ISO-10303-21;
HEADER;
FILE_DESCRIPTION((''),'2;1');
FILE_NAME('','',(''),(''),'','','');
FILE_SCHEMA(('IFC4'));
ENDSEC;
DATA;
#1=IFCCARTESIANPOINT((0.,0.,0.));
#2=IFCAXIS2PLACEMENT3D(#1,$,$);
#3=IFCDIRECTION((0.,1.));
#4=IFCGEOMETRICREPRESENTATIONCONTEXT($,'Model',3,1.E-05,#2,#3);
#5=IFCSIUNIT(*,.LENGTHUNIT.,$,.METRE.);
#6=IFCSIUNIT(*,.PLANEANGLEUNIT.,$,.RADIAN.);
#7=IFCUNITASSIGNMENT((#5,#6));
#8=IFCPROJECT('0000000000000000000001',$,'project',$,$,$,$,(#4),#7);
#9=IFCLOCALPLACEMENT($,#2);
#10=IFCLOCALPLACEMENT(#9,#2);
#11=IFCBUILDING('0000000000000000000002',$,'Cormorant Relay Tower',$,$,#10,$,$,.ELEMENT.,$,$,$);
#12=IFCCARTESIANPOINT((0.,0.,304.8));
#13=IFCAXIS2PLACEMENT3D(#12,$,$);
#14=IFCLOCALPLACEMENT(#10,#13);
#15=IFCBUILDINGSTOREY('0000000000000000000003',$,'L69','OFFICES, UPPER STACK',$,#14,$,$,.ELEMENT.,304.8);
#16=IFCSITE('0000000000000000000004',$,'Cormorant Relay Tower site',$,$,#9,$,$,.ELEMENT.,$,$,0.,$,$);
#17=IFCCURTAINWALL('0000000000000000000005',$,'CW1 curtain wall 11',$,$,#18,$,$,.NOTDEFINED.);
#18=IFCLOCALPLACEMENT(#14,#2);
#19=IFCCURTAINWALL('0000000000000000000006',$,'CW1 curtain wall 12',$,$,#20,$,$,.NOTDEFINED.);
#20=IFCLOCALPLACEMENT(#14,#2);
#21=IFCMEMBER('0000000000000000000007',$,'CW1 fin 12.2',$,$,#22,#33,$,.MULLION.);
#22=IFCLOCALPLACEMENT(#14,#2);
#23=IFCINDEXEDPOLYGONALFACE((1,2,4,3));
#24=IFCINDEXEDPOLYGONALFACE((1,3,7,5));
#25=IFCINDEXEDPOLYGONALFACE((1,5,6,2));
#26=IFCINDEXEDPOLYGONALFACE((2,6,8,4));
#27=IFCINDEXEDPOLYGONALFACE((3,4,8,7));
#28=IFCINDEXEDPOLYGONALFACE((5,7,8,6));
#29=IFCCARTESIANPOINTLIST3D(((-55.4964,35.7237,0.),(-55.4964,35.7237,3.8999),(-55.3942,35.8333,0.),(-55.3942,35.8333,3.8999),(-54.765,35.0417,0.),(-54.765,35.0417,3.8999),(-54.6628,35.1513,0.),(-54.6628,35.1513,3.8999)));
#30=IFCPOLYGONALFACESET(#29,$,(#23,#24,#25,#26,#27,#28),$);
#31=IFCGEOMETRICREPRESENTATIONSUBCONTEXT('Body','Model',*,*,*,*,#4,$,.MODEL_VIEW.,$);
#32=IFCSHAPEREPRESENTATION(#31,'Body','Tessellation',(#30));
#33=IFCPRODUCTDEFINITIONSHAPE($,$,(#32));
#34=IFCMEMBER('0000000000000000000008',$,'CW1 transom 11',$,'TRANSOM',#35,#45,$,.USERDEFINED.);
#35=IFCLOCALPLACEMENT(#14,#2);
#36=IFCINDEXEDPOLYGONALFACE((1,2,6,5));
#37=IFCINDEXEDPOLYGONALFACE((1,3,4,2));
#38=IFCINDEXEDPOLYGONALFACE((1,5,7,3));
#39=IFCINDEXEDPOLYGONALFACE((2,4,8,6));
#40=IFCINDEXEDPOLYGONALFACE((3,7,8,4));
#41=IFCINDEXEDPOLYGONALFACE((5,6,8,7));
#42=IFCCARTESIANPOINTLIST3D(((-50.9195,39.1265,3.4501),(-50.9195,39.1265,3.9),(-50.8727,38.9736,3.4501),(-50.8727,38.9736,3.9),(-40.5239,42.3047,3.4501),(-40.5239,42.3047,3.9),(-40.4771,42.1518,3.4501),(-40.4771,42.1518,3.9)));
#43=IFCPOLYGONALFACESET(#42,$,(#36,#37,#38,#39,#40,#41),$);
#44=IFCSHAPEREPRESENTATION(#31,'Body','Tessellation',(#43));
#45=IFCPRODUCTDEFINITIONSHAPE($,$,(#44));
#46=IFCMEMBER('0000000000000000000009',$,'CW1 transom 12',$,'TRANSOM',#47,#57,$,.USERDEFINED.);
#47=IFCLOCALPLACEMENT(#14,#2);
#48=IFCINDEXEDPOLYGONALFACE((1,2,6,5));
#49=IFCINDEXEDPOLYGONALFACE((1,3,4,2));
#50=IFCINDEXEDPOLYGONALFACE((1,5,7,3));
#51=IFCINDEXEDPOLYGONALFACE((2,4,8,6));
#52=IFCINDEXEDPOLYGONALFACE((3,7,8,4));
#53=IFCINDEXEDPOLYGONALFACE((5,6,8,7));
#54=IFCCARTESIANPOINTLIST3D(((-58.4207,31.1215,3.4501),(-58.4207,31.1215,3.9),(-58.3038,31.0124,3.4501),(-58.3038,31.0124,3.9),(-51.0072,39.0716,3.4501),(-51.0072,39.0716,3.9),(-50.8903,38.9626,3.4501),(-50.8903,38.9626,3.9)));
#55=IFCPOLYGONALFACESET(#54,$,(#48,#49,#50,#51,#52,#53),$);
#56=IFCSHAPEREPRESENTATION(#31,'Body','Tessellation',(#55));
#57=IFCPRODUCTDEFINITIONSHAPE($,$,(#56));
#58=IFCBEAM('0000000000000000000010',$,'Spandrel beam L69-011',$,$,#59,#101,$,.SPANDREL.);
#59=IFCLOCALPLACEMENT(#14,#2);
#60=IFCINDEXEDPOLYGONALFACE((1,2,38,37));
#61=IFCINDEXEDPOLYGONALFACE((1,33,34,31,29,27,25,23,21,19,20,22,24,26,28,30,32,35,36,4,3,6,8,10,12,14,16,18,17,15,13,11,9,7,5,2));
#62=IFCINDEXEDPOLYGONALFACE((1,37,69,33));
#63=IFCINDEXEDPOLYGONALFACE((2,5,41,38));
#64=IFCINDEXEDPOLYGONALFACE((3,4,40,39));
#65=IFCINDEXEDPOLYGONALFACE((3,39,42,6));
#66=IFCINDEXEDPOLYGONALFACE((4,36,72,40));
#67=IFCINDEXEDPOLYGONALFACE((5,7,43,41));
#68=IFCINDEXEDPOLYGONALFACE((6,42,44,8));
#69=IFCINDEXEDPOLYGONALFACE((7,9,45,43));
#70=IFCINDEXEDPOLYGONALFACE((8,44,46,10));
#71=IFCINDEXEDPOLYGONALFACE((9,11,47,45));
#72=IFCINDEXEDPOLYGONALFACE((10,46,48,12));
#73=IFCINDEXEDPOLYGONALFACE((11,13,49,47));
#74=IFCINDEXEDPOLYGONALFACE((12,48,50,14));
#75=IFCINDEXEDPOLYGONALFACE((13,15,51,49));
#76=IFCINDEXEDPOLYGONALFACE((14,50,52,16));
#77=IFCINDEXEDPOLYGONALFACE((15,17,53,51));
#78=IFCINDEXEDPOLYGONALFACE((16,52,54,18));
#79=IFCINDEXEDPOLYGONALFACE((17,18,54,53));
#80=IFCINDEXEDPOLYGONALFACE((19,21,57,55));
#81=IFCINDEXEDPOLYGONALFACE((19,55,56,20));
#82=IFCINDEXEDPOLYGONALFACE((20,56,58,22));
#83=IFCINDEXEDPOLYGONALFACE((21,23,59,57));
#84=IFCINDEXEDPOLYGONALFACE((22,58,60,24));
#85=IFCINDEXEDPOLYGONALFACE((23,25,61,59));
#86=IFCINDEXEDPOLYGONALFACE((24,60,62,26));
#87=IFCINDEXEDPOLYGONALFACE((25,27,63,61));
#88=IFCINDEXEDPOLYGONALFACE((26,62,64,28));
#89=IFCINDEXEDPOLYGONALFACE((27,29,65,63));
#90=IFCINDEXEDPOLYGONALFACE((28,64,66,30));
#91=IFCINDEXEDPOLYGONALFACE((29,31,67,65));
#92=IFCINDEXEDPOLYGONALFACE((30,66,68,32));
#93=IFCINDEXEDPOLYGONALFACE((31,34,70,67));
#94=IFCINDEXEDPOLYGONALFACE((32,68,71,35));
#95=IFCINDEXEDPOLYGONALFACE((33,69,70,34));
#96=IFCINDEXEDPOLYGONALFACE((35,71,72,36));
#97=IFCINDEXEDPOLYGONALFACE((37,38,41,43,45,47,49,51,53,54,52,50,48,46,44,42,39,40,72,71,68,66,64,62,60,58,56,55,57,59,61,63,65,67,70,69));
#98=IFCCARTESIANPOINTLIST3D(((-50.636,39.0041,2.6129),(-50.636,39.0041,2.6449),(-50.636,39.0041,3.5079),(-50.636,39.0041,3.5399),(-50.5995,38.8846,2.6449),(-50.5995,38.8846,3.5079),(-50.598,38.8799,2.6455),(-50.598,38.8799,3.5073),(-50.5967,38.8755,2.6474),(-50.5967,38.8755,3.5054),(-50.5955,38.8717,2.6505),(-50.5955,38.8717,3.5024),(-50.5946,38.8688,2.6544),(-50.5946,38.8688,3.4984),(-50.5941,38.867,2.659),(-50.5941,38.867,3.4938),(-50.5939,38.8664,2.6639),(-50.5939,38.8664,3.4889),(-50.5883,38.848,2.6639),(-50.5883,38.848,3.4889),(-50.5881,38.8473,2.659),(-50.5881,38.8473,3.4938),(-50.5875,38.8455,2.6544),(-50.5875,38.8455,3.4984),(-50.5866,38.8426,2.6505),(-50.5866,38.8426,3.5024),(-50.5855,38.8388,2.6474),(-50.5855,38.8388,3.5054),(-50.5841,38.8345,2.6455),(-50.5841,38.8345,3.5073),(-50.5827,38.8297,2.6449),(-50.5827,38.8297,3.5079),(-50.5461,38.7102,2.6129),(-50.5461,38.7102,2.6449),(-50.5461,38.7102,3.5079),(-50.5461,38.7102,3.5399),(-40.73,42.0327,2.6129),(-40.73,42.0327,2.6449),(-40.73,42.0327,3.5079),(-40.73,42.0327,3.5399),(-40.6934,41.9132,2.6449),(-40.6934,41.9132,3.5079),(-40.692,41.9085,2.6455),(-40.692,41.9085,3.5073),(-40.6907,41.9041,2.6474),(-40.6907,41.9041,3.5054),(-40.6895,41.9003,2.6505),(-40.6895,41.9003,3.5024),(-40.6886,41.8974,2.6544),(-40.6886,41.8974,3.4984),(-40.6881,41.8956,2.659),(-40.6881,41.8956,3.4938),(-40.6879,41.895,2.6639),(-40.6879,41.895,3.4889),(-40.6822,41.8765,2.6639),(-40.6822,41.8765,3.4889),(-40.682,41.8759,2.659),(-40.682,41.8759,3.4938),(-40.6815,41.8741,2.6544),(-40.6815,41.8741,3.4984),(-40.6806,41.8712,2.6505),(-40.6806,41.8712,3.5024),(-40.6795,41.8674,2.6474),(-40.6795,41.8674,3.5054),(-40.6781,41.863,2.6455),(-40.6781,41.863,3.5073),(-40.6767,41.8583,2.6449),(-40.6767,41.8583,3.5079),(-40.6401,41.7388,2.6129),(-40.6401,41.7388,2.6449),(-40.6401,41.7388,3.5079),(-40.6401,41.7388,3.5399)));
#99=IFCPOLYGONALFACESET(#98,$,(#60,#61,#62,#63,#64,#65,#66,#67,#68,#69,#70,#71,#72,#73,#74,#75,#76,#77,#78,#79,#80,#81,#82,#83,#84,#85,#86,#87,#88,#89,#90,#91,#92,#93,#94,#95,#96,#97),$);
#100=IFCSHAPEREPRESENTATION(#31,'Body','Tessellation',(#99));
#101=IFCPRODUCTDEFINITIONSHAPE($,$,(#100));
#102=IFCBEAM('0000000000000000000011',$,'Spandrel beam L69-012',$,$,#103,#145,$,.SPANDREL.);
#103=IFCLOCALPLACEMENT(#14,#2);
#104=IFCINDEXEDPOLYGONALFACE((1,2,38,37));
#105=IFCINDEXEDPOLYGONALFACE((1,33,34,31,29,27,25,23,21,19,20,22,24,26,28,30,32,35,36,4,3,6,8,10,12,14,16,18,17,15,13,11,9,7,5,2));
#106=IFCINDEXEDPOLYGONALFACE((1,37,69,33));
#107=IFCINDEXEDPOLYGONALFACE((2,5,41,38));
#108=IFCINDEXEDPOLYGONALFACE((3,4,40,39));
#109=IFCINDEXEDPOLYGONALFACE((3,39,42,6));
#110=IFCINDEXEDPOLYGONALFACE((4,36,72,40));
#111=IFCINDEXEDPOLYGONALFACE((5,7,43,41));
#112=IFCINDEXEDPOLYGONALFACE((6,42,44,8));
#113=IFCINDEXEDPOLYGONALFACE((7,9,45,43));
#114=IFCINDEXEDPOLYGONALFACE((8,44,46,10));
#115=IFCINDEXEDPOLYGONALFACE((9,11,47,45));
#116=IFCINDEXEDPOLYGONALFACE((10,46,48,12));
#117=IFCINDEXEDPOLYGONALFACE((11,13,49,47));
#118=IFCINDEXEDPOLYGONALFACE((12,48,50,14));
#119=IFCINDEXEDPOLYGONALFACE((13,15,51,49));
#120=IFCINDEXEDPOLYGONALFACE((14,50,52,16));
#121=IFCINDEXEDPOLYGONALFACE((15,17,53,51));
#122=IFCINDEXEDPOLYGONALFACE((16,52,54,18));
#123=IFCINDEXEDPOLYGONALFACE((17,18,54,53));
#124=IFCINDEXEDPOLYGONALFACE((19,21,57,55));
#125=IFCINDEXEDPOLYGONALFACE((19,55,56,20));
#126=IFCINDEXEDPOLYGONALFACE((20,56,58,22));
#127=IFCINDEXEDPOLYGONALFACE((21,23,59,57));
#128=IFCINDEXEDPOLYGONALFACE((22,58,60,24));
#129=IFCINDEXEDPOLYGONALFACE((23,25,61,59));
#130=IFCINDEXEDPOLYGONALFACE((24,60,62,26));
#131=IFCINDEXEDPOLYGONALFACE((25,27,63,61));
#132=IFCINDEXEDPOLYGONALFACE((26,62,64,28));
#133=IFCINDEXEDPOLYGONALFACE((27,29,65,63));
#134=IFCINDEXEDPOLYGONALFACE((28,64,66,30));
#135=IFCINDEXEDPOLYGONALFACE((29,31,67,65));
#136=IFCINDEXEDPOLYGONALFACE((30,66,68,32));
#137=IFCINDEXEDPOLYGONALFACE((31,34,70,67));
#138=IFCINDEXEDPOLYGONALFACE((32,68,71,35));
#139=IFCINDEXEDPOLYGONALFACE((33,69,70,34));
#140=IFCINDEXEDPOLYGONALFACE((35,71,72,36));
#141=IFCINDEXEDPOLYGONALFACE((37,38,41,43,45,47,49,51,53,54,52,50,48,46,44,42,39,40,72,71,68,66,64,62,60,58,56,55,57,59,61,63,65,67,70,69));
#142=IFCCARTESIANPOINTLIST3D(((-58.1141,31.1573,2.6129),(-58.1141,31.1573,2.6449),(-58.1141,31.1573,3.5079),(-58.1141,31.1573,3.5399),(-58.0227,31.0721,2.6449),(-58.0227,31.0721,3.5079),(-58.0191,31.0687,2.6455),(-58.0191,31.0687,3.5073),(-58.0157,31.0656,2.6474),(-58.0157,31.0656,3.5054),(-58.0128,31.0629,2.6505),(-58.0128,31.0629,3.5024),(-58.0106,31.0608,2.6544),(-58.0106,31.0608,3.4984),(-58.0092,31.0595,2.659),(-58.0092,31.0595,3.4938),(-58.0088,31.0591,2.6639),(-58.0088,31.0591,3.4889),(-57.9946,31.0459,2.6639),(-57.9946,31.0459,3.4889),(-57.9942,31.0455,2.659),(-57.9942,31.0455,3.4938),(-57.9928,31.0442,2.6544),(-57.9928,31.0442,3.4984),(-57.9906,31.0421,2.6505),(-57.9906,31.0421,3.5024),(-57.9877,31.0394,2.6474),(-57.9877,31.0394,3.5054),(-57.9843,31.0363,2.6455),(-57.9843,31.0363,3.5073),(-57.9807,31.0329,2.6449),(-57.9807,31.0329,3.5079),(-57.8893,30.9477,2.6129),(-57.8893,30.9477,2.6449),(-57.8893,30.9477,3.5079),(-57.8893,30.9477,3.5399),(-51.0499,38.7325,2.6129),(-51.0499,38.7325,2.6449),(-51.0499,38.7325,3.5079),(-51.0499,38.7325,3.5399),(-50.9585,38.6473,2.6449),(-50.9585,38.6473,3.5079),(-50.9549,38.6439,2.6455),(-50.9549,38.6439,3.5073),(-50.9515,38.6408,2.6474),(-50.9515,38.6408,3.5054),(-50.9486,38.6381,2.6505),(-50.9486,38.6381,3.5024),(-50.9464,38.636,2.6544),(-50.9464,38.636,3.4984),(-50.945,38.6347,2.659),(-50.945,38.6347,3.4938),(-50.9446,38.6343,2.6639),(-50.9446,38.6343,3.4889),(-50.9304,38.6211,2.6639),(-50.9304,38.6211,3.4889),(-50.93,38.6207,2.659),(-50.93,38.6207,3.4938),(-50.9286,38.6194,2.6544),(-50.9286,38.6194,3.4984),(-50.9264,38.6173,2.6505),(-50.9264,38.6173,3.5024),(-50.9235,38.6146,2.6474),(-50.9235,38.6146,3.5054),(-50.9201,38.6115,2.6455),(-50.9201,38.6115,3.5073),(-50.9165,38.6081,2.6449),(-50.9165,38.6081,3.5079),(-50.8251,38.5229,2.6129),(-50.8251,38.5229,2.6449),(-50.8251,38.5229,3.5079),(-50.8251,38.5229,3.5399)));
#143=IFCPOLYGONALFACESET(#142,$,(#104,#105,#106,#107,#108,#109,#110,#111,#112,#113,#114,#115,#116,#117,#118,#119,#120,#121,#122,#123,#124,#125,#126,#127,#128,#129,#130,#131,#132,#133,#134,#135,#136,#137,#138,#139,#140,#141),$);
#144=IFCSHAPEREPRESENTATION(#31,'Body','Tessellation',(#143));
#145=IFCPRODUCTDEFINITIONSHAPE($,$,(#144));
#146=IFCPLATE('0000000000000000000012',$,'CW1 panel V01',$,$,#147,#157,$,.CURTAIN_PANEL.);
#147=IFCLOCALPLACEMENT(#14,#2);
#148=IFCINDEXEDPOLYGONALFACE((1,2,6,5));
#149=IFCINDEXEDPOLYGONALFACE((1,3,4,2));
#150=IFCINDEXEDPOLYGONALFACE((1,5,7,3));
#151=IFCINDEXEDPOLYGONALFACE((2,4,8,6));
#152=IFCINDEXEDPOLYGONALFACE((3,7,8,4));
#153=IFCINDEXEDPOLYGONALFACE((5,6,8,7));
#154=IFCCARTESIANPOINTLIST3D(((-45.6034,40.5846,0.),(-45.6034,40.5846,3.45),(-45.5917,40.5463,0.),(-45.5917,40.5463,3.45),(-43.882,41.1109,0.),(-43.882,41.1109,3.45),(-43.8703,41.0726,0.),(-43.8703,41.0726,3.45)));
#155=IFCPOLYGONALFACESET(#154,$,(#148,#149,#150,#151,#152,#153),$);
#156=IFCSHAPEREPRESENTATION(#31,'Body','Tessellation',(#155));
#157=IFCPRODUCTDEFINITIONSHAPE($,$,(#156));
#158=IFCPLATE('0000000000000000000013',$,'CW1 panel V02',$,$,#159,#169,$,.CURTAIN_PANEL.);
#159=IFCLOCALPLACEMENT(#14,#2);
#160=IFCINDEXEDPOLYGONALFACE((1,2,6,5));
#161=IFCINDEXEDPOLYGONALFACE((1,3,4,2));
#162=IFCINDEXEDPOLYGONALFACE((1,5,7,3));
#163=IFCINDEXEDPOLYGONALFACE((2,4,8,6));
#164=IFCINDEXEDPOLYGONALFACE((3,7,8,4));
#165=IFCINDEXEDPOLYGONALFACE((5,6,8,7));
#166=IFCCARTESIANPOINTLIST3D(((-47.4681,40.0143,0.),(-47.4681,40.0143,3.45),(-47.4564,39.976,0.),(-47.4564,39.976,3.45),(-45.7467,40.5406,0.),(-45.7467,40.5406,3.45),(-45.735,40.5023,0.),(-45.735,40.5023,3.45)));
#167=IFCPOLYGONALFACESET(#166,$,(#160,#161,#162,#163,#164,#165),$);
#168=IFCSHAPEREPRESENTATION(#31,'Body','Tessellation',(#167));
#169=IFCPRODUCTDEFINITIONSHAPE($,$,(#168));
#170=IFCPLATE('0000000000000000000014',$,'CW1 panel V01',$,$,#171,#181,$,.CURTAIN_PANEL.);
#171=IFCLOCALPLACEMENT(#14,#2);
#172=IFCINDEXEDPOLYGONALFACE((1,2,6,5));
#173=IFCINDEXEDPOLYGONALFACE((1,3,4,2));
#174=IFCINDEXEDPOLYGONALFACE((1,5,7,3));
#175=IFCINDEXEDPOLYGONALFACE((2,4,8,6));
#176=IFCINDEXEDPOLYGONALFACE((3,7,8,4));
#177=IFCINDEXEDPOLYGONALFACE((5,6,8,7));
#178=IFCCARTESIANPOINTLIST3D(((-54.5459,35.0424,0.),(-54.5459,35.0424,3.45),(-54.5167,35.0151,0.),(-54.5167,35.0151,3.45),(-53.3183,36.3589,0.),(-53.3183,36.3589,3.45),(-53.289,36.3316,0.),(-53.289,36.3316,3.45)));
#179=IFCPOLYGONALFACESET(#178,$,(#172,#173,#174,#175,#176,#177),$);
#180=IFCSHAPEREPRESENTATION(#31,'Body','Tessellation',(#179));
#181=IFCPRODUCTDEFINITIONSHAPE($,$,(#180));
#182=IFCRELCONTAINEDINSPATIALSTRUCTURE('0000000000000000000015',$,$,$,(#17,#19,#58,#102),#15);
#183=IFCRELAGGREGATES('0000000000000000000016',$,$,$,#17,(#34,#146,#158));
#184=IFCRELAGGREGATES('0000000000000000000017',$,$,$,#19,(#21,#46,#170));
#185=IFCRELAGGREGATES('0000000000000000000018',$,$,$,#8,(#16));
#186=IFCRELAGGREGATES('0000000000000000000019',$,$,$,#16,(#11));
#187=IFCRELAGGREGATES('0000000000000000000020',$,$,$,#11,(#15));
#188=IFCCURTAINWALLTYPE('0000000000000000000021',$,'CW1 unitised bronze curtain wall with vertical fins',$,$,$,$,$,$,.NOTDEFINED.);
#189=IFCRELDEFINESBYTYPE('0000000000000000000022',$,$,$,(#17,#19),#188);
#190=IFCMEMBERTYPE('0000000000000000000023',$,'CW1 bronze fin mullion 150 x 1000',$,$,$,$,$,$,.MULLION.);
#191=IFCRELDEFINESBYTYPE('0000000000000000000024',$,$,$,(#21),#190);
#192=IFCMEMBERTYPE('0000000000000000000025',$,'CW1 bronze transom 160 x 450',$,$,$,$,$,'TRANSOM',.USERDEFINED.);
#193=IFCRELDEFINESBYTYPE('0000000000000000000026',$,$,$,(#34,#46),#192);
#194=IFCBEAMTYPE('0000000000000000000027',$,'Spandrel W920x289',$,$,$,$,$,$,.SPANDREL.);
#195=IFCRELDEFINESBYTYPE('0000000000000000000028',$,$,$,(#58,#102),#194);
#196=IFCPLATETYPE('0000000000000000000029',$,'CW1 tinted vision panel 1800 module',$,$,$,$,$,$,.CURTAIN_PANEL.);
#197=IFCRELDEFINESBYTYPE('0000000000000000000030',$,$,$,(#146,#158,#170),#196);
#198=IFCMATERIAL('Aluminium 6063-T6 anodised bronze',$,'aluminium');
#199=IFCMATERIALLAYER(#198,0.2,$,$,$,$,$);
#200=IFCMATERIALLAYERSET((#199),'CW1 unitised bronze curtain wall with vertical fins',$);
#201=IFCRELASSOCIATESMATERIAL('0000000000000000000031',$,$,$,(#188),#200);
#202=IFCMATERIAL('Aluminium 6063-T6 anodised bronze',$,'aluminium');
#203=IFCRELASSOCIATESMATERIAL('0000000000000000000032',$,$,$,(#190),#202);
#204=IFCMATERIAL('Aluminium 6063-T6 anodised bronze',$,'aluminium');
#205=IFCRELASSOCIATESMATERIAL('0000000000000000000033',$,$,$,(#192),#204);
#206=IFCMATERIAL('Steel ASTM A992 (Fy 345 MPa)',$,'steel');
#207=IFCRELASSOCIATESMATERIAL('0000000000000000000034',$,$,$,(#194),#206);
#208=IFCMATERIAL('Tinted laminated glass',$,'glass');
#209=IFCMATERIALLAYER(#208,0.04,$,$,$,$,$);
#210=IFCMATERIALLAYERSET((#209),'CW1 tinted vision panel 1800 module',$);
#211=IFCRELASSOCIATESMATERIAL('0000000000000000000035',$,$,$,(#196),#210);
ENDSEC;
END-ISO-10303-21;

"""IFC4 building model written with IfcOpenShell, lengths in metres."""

from ifc_helpers import new_model, si_unit, direction, frame, origin, origin_2d, place, context, subcontext, project, spatial, rectangle, i_section, extrude, material, layer, layer_set, material_profile, profile_set, type_object, element, aggregate, save


model = new_model("IFC4")

# Units and contexts
model_context = context("Model", 3, precision=1e-05, world=origin(), true_north=direction((0.0, 1.0)))
body_context = subcontext(model_context, "Body", "Model", "MODEL_VIEW")
ifc_project = project(units=[si_unit("LENGTHUNIT", "METRE"), si_unit("PLANEANGLEUNIT", "RADIAN")], contexts=[model_context])

# Site, building, storey
site_placement = place(None, origin())
site = spatial("IfcSite", under=ifc_project, at=site_placement, Name="Cormorant Relay Tower site", CompositionType="ELEMENT", RefElevation=0.0)
building_placement = place(site_placement, origin())
building = spatial("IfcBuilding", under=site, at=building_placement, Name="Cormorant Relay Tower", CompositionType="ELEMENT")
storey_placement = place(building_placement, frame((0.0, 0.0, 304.8)))
storey = spatial("IfcBuildingStorey", under=building, at=storey_placement, Name="L69", Description="OFFICES, UPPER STACK", CompositionType="ELEMENT", Elevation=304.8)

# Shared definitions
ifc_material_1 = material(Name="Aluminium 6063-T6 anodised bronze", Category="aluminium")
ifc_layer_1 = layer(ifc_material_1, 0.2)
ifc_layer_set_1 = layer_set([ifc_layer_1], Name="CW1 unitised bronze curtain wall with vertical fins")
curtain_wall_type = type_object("IfcCurtainWallType", Name="CW1 unitised bronze curtain wall with vertical fins", PredefinedType="NOTDEFINED", material=ifc_layer_set_1)
ifc_material_2 = material(Name="Aluminium 6063-T6 anodised bronze", Category="aluminium")
ifc_material_profile_1 = material_profile(ifc_material_2, rectangle(XDim=0.1499, YDim=1.0, at=origin_2d()), Name="AL 150x1000")
ifc_profile_set_1 = profile_set([ifc_material_profile_1], Name="Aluminium 6063-T6 anodised bronze")
member_type_1 = type_object("IfcMemberType", Name="CW1 bronze fin mullion 150 x 1000", PredefinedType="MULLION", material=ifc_profile_set_1)

# Curtain walls, member
curtain_wall_1_placement = place(storey_placement, origin())
curtain_wall_1 = element("IfcCurtainWall", 1, at=curtain_wall_1_placement, inside=storey, type_object=curtain_wall_type, Name="CW1 curtain wall 11", PredefinedType="NOTDEFINED")
curtain_wall_2_placement = place(storey_placement, origin())
curtain_wall_2 = element("IfcCurtainWall", 2, at=curtain_wall_2_placement, inside=storey, type_object=curtain_wall_type, Name="CW1 curtain wall 12", PredefinedType="NOTDEFINED")
member_1_placement = place(storey_placement, frame((-55.0796, 35.4375, 0.0), z_axis=(0.0, 0.0, 1.0), x_axis=(-0.681998, -0.731354, 0.0)))
member_1 = element("IfcMember", 3, at=member_1_placement, type_object=member_type_1, Name="CW1 fin 12.2", PredefinedType="MULLION", context=body_context, shape_type="SweptSolid", body=[
    extrude(rectangle(XDim=0.1499, YDim=1.0, at=origin_2d()), origin(), (0.0, 0.0, 1.0), 3.8999),
])

# Members
ifc_material_3 = material(Name="Aluminium 6063-T6 anodised bronze", Category="aluminium")
ifc_material_profile_2 = material_profile(ifc_material_3, rectangle(XDim=0.1599, YDim=0.45, at=origin_2d()), Name="AL 160x450")
ifc_profile_set_2 = profile_set([ifc_material_profile_2], Name="Aluminium 6063-T6 anodised bronze")
member_type_2 = type_object("IfcMemberType", Name="CW1 bronze transom 160 x 450", ElementType="TRANSOM", PredefinedType="USERDEFINED", material=ifc_profile_set_2)
member_2_placement = place(storey_placement, frame((-40.5005, 42.2283, 3.675), z_axis=(-0.956305, -0.292371, 0.0), x_axis=(0.292371, -0.956305, 0.0)))
member_2 = element("IfcMember", 4, at=member_2_placement, type_object=member_type_2, Name="CW1 transom 11", ObjectType="TRANSOM", PredefinedType="USERDEFINED", context=body_context, shape_type="SweptSolid", body=[
    extrude(rectangle(XDim=0.1599, YDim=0.45, at=origin_2d()), origin(), (0.0, 0.0, 1.0), 10.8706),
])
member_3_placement = place(storey_placement, frame((-50.9487, 39.0171, 3.675), z_axis=(-0.681993, -0.731358, 0.0), x_axis=(0.731358, -0.681993, 0.0)))
member_3 = element("IfcMember", 5, at=member_3_placement, type_object=member_type_2, Name="CW1 transom 12", ObjectType="TRANSOM", PredefinedType="USERDEFINED", context=body_context, shape_type="SweptSolid", body=[
    extrude(rectangle(XDim=0.1599, YDim=0.45, at=origin_2d()), origin(), (0.0, 0.0, 1.0), 10.8704),
])

# Beams
ifc_material_4 = material(Name="Steel ASTM A992 (Fy 345 MPa)", Category="steel")
ifc_material_profile_3 = material_profile(ifc_material_4, i_section(OverallWidth=0.3074, OverallDepth=0.927, WebThickness=0.0193, FlangeThickness=0.032, FilletRadius=0.019, at=origin_2d()), Name="W920x289")
ifc_profile_set_3 = profile_set([ifc_material_profile_3], Name="Steel ASTM A992 (Fy 345 MPa)")
beam_type = type_object("IfcBeamType", Name="Spandrel W920x289", PredefinedType="SPANDREL", material=ifc_profile_set_3)
beam_1_placement = place(storey_placement, frame((-40.6851, 41.8857, 3.0764), z_axis=(-0.956305, -0.292371, 0.0), x_axis=(0.292371, -0.956305, 0.0)))
element("IfcBeam", 6, at=beam_1_placement, inside=storey, type_object=beam_type, Name="Spandrel beam L69-011", PredefinedType="SPANDREL", context=body_context, shape_type="SweptSolid", body=[
    extrude(i_section(OverallWidth=0.3074, OverallDepth=0.927, WebThickness=0.0193, FlangeThickness=0.032, FilletRadius=0.019, at=origin_2d()), origin(), (0.0, 0.0, 1.0), 10.3586),
])
beam_2_placement = place(storey_placement, frame((-50.9375, 38.6277, 3.0764), z_axis=(-0.68201, -0.731343, 0.0), x_axis=(0.731343, -0.68201, 0.0)))
element("IfcBeam", 7, at=beam_2_placement, inside=storey, type_object=beam_type, Name="Spandrel beam L69-012", PredefinedType="SPANDREL", context=body_context, shape_type="SweptSolid", body=[
    extrude(i_section(OverallWidth=0.3074, OverallDepth=0.927, WebThickness=0.0193, FlangeThickness=0.032, FilletRadius=0.019, at=origin_2d()), origin(), (0.0, 0.0, 1.0), 10.3579),
])

# Plates
ifc_material_5 = material(Name="Tinted laminated glass", Category="glass")
ifc_layer_2 = layer(ifc_material_5, 0.04)
ifc_layer_set_2 = layer_set([ifc_layer_2], Name="CW1 tinted vision panel 1800 module")
plate_type_1 = type_object("IfcPlateType", Name="CW1 tinted vision panel 1800 module", PredefinedType="CURTAIN_PANEL", material=ifc_layer_set_2)
plate_1_placement = place(storey_placement, frame((-44.7368, 40.8286, 0.0), z_axis=(0.0, 0.0, 1.0), x_axis=(-0.956305, -0.292372, 0.0)))
plate_1 = element("IfcPlate", 8, at=plate_1_placement, type_object=plate_type_1, Name="CW1 panel V01", PredefinedType="CURTAIN_PANEL", context=body_context, shape_type="SweptSolid", body=[
    extrude(rectangle(XDim=1.8, YDim=0.04, at=origin_2d()), origin(), (0.0, 0.0, 1.0), 3.45),
])
plate_2_placement = place(storey_placement, frame((-46.6016, 40.2583, 0.0), z_axis=(0.0, 0.0, 1.0), x_axis=(-0.956305, -0.292372, 0.0)))
plate_2 = element("IfcPlate", 9, at=plate_2_placement, type_object=plate_type_1, Name="CW1 panel V02", PredefinedType="CURTAIN_PANEL", context=body_context, shape_type="SweptSolid", body=[
    extrude(rectangle(XDim=1.8, YDim=0.04, at=origin_2d()), origin(), (0.0, 0.0, 1.0), 3.45),
])
plate_3_placement = place(storey_placement, frame((-53.9175, 35.687, 0.0), z_axis=(0.0, 0.0, 1.0), x_axis=(-0.681998, -0.731354, 0.0)))
plate_3 = element("IfcPlate", 10, at=plate_3_placement, type_object=plate_type_1, Name="CW1 panel V01", PredefinedType="CURTAIN_PANEL", context=body_context, shape_type="SweptSolid", body=[
    extrude(rectangle(XDim=1.8, YDim=0.04, at=origin_2d()), origin(), (0.0, 0.0, 1.0), 3.45),
])

aggregate(curtain_wall_1, [member_2, plate_1, plate_2])
aggregate(curtain_wall_2, [member_1, member_3, plate_3])

save(model, "model.ifc")
